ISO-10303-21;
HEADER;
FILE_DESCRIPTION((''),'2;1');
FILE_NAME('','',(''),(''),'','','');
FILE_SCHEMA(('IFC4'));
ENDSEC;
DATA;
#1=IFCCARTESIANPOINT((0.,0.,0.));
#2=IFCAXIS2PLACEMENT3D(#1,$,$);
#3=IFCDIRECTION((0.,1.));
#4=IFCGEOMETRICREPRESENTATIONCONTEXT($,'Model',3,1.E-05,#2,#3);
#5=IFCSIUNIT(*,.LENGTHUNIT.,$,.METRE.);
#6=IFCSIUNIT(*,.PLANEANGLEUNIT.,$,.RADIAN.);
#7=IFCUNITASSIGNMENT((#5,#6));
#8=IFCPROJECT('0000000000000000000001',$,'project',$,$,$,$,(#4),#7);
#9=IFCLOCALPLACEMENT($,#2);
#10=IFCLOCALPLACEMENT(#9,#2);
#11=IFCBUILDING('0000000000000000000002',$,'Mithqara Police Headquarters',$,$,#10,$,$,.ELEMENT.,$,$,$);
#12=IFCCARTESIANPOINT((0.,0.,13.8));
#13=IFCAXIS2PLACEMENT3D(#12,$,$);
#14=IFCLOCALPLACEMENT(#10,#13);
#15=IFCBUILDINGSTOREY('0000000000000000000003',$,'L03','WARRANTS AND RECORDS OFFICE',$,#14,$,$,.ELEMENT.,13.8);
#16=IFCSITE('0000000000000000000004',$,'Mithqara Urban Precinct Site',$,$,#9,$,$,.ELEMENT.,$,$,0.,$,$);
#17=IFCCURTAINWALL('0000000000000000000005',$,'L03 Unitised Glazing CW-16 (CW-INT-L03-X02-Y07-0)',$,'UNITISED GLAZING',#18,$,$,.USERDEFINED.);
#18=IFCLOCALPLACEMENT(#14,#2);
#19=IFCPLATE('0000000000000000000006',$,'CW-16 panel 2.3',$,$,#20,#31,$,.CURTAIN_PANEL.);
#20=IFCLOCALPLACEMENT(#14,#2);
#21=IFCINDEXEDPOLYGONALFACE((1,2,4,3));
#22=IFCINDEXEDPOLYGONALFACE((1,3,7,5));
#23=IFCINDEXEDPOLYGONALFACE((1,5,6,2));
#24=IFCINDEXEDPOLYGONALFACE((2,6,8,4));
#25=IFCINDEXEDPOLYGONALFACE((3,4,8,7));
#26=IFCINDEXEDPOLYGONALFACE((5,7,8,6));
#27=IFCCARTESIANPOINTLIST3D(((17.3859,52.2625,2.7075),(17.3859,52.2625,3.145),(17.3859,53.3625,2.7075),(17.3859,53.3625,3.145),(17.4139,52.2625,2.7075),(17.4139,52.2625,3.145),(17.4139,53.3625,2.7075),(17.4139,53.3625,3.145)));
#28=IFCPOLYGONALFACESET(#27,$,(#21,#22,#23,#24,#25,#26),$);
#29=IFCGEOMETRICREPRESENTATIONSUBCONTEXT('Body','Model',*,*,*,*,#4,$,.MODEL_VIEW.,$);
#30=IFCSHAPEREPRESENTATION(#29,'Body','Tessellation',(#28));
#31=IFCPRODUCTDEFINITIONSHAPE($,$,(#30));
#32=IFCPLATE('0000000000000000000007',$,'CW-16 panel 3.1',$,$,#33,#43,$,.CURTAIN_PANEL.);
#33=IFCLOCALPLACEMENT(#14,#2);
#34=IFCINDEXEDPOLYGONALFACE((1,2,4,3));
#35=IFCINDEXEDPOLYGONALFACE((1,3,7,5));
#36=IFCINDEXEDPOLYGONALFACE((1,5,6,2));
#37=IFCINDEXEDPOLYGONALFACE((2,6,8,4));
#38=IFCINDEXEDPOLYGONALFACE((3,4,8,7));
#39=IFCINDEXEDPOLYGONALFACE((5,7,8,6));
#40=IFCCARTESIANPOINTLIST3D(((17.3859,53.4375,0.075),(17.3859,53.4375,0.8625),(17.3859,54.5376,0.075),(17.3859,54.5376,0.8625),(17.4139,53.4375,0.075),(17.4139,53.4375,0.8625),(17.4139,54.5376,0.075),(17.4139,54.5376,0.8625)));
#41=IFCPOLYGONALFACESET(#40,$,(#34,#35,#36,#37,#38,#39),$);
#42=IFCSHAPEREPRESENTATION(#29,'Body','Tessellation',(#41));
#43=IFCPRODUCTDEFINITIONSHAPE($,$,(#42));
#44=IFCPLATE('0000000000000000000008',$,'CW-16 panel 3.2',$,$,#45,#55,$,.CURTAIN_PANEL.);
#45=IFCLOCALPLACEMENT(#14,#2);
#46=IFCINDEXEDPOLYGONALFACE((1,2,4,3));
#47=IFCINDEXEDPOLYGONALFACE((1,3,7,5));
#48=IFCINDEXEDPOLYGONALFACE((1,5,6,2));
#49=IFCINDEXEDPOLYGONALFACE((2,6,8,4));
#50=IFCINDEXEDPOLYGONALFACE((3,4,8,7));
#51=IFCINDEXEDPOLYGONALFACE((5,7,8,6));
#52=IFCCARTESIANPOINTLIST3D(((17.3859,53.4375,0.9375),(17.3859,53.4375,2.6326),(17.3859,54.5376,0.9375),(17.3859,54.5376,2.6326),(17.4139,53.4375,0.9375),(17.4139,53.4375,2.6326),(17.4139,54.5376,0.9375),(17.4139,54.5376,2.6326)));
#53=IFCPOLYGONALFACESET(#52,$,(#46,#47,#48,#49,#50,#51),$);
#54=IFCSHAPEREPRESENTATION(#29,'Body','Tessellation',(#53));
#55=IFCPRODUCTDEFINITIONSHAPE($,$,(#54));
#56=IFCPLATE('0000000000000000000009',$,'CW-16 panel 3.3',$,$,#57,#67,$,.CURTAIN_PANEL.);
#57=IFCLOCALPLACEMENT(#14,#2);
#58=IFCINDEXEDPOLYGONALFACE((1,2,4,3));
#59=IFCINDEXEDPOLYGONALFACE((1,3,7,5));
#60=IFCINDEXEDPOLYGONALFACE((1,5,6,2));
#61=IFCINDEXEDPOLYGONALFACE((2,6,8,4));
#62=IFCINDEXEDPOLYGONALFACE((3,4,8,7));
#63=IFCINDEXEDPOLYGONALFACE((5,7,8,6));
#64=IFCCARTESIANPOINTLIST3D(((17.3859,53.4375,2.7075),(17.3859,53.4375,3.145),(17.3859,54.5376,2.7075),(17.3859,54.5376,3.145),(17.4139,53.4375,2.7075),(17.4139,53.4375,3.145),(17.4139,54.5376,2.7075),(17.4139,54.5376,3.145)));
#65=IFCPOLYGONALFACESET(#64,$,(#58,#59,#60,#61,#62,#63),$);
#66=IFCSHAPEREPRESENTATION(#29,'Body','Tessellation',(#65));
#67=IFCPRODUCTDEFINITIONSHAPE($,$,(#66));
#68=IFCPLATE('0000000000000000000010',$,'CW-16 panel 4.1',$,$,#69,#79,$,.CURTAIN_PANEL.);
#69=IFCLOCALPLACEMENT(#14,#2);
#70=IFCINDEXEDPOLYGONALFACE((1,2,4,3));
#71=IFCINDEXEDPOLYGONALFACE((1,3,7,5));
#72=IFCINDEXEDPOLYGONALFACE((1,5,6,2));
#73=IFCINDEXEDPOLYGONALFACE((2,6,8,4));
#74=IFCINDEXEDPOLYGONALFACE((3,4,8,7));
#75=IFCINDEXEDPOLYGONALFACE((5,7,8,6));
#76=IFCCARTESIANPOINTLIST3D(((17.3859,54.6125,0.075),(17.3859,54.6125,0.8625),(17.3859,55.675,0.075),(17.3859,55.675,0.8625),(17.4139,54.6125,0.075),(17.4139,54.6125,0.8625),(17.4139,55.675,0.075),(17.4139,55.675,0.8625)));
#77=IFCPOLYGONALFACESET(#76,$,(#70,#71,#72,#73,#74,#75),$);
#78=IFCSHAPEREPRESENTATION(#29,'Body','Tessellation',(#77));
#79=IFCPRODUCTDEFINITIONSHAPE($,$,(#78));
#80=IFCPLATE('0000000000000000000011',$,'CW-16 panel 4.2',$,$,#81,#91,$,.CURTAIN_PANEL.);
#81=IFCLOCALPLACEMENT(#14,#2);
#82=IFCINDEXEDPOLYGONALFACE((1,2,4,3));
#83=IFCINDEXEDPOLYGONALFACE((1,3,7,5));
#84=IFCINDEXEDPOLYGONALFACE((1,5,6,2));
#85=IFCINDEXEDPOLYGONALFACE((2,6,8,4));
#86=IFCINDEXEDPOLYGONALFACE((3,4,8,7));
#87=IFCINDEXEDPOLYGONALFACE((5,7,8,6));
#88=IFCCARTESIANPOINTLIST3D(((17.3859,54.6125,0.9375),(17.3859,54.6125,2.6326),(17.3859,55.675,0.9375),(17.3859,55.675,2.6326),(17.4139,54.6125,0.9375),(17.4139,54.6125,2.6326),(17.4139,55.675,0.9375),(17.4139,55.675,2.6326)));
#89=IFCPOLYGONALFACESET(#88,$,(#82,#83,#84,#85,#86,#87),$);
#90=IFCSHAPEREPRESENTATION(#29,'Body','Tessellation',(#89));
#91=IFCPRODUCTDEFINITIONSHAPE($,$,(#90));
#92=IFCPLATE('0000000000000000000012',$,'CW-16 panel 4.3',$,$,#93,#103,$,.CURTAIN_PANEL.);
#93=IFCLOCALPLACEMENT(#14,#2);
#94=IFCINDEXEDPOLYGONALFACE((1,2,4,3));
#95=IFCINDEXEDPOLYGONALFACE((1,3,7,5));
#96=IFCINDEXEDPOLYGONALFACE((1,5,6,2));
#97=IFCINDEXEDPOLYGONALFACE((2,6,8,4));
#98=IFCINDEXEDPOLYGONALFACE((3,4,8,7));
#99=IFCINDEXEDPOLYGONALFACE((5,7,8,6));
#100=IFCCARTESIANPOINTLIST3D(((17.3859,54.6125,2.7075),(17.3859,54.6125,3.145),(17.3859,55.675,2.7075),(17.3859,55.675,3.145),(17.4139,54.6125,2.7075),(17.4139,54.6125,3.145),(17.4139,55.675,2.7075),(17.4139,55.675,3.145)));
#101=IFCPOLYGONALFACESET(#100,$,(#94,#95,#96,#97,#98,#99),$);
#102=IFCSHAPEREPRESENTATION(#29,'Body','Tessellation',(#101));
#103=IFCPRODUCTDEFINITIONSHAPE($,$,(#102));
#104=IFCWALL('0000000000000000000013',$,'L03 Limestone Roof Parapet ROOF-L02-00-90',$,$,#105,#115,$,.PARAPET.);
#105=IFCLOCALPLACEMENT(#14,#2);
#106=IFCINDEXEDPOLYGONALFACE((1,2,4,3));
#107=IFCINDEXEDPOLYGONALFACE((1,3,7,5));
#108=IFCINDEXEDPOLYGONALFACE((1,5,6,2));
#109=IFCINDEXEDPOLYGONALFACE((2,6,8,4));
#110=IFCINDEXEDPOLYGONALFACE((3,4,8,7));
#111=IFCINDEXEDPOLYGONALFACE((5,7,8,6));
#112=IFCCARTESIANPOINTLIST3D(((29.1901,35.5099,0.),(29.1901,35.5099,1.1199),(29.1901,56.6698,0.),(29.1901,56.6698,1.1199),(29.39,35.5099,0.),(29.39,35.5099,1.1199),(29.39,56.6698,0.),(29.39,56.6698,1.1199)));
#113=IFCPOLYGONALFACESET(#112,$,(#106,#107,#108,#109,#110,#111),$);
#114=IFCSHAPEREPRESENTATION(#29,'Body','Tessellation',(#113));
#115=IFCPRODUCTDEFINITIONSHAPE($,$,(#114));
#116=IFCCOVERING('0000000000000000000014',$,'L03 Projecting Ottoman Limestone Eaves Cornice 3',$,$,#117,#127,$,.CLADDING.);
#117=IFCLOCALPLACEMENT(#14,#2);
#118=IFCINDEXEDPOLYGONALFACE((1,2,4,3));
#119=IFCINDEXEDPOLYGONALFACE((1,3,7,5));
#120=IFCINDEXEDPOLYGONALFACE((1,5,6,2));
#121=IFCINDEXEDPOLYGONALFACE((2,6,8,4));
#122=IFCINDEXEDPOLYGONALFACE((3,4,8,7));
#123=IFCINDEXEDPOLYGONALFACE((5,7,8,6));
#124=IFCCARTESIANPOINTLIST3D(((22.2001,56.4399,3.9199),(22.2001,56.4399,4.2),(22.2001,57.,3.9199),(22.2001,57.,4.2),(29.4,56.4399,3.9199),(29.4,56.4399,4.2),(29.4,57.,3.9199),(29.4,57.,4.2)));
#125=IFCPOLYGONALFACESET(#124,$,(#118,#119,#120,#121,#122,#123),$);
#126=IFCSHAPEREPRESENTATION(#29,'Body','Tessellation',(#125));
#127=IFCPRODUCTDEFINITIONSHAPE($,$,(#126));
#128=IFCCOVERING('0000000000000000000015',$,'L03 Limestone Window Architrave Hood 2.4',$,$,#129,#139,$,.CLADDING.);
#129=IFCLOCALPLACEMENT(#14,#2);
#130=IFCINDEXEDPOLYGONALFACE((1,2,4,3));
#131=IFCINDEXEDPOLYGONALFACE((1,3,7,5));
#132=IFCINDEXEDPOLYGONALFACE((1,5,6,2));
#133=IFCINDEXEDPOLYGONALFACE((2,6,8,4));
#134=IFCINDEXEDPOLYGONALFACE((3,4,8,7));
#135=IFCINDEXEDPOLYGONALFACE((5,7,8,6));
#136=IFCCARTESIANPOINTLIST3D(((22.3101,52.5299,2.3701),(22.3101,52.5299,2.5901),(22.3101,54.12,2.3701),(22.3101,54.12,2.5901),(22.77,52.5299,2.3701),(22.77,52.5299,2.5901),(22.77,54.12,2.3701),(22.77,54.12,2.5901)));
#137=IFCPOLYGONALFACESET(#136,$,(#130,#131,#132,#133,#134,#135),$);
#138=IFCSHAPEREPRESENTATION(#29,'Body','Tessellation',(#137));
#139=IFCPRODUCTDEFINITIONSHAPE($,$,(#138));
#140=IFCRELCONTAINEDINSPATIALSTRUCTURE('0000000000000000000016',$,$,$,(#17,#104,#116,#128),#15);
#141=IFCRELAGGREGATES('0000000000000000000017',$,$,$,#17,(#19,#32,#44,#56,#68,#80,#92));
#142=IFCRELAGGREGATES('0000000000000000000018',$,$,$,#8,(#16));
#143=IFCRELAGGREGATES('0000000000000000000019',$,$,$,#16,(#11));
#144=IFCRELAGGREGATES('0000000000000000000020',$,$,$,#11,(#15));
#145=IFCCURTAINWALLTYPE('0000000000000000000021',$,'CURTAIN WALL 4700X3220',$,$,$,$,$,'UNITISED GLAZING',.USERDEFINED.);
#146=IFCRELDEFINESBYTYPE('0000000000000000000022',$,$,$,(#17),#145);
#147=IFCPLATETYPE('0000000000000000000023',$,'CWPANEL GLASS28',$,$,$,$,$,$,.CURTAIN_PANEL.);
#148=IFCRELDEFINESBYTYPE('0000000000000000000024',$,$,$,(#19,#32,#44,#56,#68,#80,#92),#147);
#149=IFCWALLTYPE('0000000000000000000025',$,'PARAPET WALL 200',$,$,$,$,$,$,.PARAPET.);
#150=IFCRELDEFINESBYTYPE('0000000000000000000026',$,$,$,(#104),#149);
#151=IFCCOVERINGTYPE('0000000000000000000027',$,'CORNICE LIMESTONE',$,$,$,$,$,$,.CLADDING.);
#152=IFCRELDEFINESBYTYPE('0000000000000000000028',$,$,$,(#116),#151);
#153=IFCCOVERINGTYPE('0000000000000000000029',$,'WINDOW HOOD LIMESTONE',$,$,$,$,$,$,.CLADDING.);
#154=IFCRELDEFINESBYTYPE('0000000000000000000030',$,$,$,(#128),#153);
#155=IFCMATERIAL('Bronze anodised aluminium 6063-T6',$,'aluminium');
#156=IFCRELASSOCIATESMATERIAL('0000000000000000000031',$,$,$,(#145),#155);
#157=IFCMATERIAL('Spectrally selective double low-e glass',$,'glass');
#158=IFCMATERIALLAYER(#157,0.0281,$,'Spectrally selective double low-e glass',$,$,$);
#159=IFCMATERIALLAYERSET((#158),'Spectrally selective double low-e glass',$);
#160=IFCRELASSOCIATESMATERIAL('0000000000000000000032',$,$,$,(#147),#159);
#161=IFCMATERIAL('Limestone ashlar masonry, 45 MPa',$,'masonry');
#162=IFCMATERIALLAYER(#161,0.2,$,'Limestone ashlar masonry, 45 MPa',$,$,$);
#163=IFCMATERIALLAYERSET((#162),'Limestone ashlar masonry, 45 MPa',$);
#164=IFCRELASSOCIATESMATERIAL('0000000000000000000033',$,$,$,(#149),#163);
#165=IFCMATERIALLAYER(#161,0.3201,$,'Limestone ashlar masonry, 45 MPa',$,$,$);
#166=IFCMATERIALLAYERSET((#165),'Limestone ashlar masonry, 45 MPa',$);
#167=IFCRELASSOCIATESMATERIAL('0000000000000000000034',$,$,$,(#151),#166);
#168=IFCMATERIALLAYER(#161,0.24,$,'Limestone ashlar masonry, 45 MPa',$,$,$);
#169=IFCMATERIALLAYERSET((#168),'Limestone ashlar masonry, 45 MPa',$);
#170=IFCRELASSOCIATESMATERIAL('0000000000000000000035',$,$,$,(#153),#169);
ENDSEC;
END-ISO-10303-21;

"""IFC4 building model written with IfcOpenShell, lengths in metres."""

from ifc_helpers import new_model, si_unit, direction, frame, frame_2d, origin, origin_2d, place, context, subcontext, project, spatial, rectangle, extrude, material, layer, layer_set, type_object, element, aggregate, save


model = new_model("IFC4")

# Units and contexts
model_context = context("Model", 3, precision=1e-05, world=origin(), true_north=direction((0.0, 1.0)))
body_context = subcontext(model_context, "Body", "Model", "MODEL_VIEW")
ifc_project = project(units=[si_unit("LENGTHUNIT", "METRE"), si_unit("PLANEANGLEUNIT", "RADIAN")], contexts=[model_context])

# Site, building, storey
site_placement = place(None, origin())
site = spatial("IfcSite", under=ifc_project, at=site_placement, Name="Mithqara Urban Precinct Site", CompositionType="ELEMENT", RefElevation=0.0)
building_placement = place(site_placement, origin())
building = spatial("IfcBuilding", under=site, at=building_placement, Name="Mithqara Police Headquarters", CompositionType="ELEMENT")
storey_placement = place(building_placement, frame((0.0, 0.0, 13.8)))
storey = spatial("IfcBuildingStorey", under=building, at=storey_placement, Name="L03", Description="WARRANTS AND RECORDS OFFICE", CompositionType="ELEMENT", Elevation=13.8)

# Curtain wall, plates
ifc_material_1 = material(Name="Bronze anodised aluminium 6063-T6", Category="aluminium")
curtain_wall_type = type_object("IfcCurtainWallType", Name="CURTAIN WALL 4700X3220", ElementType="UNITISED GLAZING", PredefinedType="USERDEFINED", material=ifc_material_1)
curtain_wall_placement = place(storey_placement, origin())
curtain_wall = element("IfcCurtainWall", 1, at=curtain_wall_placement, inside=storey, type_object=curtain_wall_type, Name="L03 Unitised Glazing CW-16 (CW-INT-L03-X02-Y07-0)", ObjectType="UNITISED GLAZING", PredefinedType="USERDEFINED")
ifc_material_2 = material(Name="Spectrally selective double low-e glass", Category="glass")
ifc_layer_1 = layer(ifc_material_2, 0.0281, Name="Spectrally selective double low-e glass")
ifc_layer_set_1 = layer_set([ifc_layer_1], Name="Spectrally selective double low-e glass")
plate_type = type_object("IfcPlateType", Name="CWPANEL GLASS28", PredefinedType="CURTAIN_PANEL", material=ifc_layer_set_1)
plate_1_placement = place(storey_placement, frame((17.3999, 52.8125, 2.7075), z_axis=(0.0, 0.0, 1.0), x_axis=(0.0, 1.0, 0.0)))
plate_1 = element("IfcPlate", 2, at=plate_1_placement, type_object=plate_type, Name="CW-16 panel 2.3", PredefinedType="CURTAIN_PANEL", context=body_context, shape_type="SweptSolid", body=[
    extrude(rectangle(XDim=1.1001, YDim=0.0281, at=origin_2d()), origin(), (0.0, 0.0, 1.0), 0.4375),
])
plate_2_placement = place(storey_placement, frame((17.3999, 53.9875, 0.075), z_axis=(0.0, 0.0, 1.0), x_axis=(0.0, 1.0, 0.0)))
plate_2 = element("IfcPlate", 3, at=plate_2_placement, type_object=plate_type, Name="CW-16 panel 3.1", PredefinedType="CURTAIN_PANEL", context=body_context, shape_type="SweptSolid", body=[
    extrude(rectangle(XDim=1.1001, YDim=0.0281, at=origin_2d()), origin(), (0.0, 0.0, 1.0), 0.7876),
])
plate_3_placement = place(storey_placement, frame((17.3999, 53.9875, 0.9375), z_axis=(0.0, 0.0, 1.0), x_axis=(0.0, 1.0, 0.0)))
plate_3 = element("IfcPlate", 4, at=plate_3_placement, type_object=plate_type, Name="CW-16 panel 3.2", PredefinedType="CURTAIN_PANEL", context=body_context, shape_type="SweptSolid", body=[
    extrude(rectangle(XDim=1.1001, YDim=0.0281, at=origin_2d()), origin(), (0.0, 0.0, 1.0), 1.6951),
])
plate_4_placement = place(storey_placement, frame((17.3999, 53.9875, 2.7075), z_axis=(0.0, 0.0, 1.0), x_axis=(0.0, 1.0, 0.0)))
plate_4 = element("IfcPlate", 5, at=plate_4_placement, type_object=plate_type, Name="CW-16 panel 3.3", PredefinedType="CURTAIN_PANEL", context=body_context, shape_type="SweptSolid", body=[
    extrude(rectangle(XDim=1.1001, YDim=0.0281, at=origin_2d()), origin(), (0.0, 0.0, 1.0), 0.4375),
])
plate_5_placement = place(storey_placement, frame((17.3999, 55.1438, 0.075), z_axis=(0.0, 0.0, 1.0), x_axis=(0.0, 1.0, 0.0)))
plate_5 = element("IfcPlate", 6, at=plate_5_placement, type_object=plate_type, Name="CW-16 panel 4.1", PredefinedType="CURTAIN_PANEL", context=body_context, shape_type="SweptSolid", body=[
    extrude(rectangle(XDim=1.0625, YDim=0.0281, at=origin_2d()), origin(), (0.0, 0.0, 1.0), 0.7876),
])
plate_6_placement = place(storey_placement, frame((17.3999, 55.1438, 0.9375), z_axis=(0.0, 0.0, 1.0), x_axis=(0.0, 1.0, 0.0)))
plate_6 = element("IfcPlate", 7, at=plate_6_placement, type_object=plate_type, Name="CW-16 panel 4.2", PredefinedType="CURTAIN_PANEL", context=body_context, shape_type="SweptSolid", body=[
    extrude(rectangle(XDim=1.0625, YDim=0.0281, at=origin_2d()), origin(), (0.0, 0.0, 1.0), 1.6951),
])
plate_7_placement = place(storey_placement, frame((17.3999, 55.1438, 2.7075), z_axis=(0.0, 0.0, 1.0), x_axis=(0.0, 1.0, 0.0)))
plate_7 = element("IfcPlate", 8, at=plate_7_placement, type_object=plate_type, Name="CW-16 panel 4.3", PredefinedType="CURTAIN_PANEL", context=body_context, shape_type="SweptSolid", body=[
    extrude(rectangle(XDim=1.0625, YDim=0.0281, at=origin_2d()), origin(), (0.0, 0.0, 1.0), 0.4375),
])
aggregate(curtain_wall, [plate_1, plate_2, plate_3, plate_4, plate_5, plate_6, plate_7])

# Wall
ifc_material_3 = material(Name="Limestone ashlar masonry, 45 MPa", Category="masonry")
ifc_layer_2 = layer(ifc_material_3, 0.2, Name="Limestone ashlar masonry, 45 MPa")
ifc_layer_set_2 = layer_set([ifc_layer_2], Name="Limestone ashlar masonry, 45 MPa")
wall_type = type_object("IfcWallType", Name="PARAPET WALL 200", PredefinedType="PARAPET", material=ifc_layer_set_2)
wall_placement = place(storey_placement, frame((29.29, 56.6699, 0.0), z_axis=(0.0, 0.0, 1.0), x_axis=(0.0, -1.0, 0.0)))
element("IfcWall", 9, at=wall_placement, inside=storey, type_object=wall_type, Name="L03 Limestone Roof Parapet ROOF-L02-00-90", PredefinedType="PARAPET", context=body_context, shape_type="SweptSolid", body=[
    extrude(rectangle(XDim=21.1599, YDim=0.2, at=frame_2d((10.5801, 0.0))), origin(), (0.0, 0.0, 1.0), 1.1199),
])

# Coverings
ifc_layer_3 = layer(ifc_material_3, 0.3201, Name="Limestone ashlar masonry, 45 MPa")
ifc_layer_set_3 = layer_set([ifc_layer_3], Name="Limestone ashlar masonry, 45 MPa")
covering_type_1 = type_object("IfcCoveringType", Name="CORNICE LIMESTONE", PredefinedType="CLADDING", material=ifc_layer_set_3)
covering_1_placement = place(storey_placement, frame((25.8, 56.72, 3.9199), z_axis=(0.0, 0.0, 1.0), x_axis=(1.0, 0.0, 0.0)))
element("IfcCovering", 10, at=covering_1_placement, inside=storey, type_object=covering_type_1, Name="L03 Projecting Ottoman Limestone Eaves Cornice 3", PredefinedType="CLADDING", context=body_context, shape_type="SweptSolid", body=[
    extrude(rectangle(XDim=7.2, YDim=0.5601, at=origin_2d()), origin(), (0.0, 0.0, 1.0), 0.28),
])
ifc_layer_4 = layer(ifc_material_3, 0.24, Name="Limestone ashlar masonry, 45 MPa")
ifc_layer_set_4 = layer_set([ifc_layer_4], Name="Limestone ashlar masonry, 45 MPa")
covering_type_2 = type_object("IfcCoveringType", Name="WINDOW HOOD LIMESTONE", PredefinedType="CLADDING", material=ifc_layer_set_4)
covering_2_placement = place(storey_placement, frame((22.54, 53.325, 2.3701), z_axis=(0.0, 0.0, 1.0), x_axis=(0.0, 1.0, 0.0)))
element("IfcCovering", 11, at=covering_2_placement, inside=storey, type_object=covering_type_2, Name="L03 Limestone Window Architrave Hood 2.4", PredefinedType="CLADDING", context=body_context, shape_type="SweptSolid", body=[
    extrude(rectangle(XDim=1.5901, YDim=0.46, at=origin_2d()), origin(), (0.0, 0.0, 1.0), 0.22),
])

save(model, "model.ifc")
